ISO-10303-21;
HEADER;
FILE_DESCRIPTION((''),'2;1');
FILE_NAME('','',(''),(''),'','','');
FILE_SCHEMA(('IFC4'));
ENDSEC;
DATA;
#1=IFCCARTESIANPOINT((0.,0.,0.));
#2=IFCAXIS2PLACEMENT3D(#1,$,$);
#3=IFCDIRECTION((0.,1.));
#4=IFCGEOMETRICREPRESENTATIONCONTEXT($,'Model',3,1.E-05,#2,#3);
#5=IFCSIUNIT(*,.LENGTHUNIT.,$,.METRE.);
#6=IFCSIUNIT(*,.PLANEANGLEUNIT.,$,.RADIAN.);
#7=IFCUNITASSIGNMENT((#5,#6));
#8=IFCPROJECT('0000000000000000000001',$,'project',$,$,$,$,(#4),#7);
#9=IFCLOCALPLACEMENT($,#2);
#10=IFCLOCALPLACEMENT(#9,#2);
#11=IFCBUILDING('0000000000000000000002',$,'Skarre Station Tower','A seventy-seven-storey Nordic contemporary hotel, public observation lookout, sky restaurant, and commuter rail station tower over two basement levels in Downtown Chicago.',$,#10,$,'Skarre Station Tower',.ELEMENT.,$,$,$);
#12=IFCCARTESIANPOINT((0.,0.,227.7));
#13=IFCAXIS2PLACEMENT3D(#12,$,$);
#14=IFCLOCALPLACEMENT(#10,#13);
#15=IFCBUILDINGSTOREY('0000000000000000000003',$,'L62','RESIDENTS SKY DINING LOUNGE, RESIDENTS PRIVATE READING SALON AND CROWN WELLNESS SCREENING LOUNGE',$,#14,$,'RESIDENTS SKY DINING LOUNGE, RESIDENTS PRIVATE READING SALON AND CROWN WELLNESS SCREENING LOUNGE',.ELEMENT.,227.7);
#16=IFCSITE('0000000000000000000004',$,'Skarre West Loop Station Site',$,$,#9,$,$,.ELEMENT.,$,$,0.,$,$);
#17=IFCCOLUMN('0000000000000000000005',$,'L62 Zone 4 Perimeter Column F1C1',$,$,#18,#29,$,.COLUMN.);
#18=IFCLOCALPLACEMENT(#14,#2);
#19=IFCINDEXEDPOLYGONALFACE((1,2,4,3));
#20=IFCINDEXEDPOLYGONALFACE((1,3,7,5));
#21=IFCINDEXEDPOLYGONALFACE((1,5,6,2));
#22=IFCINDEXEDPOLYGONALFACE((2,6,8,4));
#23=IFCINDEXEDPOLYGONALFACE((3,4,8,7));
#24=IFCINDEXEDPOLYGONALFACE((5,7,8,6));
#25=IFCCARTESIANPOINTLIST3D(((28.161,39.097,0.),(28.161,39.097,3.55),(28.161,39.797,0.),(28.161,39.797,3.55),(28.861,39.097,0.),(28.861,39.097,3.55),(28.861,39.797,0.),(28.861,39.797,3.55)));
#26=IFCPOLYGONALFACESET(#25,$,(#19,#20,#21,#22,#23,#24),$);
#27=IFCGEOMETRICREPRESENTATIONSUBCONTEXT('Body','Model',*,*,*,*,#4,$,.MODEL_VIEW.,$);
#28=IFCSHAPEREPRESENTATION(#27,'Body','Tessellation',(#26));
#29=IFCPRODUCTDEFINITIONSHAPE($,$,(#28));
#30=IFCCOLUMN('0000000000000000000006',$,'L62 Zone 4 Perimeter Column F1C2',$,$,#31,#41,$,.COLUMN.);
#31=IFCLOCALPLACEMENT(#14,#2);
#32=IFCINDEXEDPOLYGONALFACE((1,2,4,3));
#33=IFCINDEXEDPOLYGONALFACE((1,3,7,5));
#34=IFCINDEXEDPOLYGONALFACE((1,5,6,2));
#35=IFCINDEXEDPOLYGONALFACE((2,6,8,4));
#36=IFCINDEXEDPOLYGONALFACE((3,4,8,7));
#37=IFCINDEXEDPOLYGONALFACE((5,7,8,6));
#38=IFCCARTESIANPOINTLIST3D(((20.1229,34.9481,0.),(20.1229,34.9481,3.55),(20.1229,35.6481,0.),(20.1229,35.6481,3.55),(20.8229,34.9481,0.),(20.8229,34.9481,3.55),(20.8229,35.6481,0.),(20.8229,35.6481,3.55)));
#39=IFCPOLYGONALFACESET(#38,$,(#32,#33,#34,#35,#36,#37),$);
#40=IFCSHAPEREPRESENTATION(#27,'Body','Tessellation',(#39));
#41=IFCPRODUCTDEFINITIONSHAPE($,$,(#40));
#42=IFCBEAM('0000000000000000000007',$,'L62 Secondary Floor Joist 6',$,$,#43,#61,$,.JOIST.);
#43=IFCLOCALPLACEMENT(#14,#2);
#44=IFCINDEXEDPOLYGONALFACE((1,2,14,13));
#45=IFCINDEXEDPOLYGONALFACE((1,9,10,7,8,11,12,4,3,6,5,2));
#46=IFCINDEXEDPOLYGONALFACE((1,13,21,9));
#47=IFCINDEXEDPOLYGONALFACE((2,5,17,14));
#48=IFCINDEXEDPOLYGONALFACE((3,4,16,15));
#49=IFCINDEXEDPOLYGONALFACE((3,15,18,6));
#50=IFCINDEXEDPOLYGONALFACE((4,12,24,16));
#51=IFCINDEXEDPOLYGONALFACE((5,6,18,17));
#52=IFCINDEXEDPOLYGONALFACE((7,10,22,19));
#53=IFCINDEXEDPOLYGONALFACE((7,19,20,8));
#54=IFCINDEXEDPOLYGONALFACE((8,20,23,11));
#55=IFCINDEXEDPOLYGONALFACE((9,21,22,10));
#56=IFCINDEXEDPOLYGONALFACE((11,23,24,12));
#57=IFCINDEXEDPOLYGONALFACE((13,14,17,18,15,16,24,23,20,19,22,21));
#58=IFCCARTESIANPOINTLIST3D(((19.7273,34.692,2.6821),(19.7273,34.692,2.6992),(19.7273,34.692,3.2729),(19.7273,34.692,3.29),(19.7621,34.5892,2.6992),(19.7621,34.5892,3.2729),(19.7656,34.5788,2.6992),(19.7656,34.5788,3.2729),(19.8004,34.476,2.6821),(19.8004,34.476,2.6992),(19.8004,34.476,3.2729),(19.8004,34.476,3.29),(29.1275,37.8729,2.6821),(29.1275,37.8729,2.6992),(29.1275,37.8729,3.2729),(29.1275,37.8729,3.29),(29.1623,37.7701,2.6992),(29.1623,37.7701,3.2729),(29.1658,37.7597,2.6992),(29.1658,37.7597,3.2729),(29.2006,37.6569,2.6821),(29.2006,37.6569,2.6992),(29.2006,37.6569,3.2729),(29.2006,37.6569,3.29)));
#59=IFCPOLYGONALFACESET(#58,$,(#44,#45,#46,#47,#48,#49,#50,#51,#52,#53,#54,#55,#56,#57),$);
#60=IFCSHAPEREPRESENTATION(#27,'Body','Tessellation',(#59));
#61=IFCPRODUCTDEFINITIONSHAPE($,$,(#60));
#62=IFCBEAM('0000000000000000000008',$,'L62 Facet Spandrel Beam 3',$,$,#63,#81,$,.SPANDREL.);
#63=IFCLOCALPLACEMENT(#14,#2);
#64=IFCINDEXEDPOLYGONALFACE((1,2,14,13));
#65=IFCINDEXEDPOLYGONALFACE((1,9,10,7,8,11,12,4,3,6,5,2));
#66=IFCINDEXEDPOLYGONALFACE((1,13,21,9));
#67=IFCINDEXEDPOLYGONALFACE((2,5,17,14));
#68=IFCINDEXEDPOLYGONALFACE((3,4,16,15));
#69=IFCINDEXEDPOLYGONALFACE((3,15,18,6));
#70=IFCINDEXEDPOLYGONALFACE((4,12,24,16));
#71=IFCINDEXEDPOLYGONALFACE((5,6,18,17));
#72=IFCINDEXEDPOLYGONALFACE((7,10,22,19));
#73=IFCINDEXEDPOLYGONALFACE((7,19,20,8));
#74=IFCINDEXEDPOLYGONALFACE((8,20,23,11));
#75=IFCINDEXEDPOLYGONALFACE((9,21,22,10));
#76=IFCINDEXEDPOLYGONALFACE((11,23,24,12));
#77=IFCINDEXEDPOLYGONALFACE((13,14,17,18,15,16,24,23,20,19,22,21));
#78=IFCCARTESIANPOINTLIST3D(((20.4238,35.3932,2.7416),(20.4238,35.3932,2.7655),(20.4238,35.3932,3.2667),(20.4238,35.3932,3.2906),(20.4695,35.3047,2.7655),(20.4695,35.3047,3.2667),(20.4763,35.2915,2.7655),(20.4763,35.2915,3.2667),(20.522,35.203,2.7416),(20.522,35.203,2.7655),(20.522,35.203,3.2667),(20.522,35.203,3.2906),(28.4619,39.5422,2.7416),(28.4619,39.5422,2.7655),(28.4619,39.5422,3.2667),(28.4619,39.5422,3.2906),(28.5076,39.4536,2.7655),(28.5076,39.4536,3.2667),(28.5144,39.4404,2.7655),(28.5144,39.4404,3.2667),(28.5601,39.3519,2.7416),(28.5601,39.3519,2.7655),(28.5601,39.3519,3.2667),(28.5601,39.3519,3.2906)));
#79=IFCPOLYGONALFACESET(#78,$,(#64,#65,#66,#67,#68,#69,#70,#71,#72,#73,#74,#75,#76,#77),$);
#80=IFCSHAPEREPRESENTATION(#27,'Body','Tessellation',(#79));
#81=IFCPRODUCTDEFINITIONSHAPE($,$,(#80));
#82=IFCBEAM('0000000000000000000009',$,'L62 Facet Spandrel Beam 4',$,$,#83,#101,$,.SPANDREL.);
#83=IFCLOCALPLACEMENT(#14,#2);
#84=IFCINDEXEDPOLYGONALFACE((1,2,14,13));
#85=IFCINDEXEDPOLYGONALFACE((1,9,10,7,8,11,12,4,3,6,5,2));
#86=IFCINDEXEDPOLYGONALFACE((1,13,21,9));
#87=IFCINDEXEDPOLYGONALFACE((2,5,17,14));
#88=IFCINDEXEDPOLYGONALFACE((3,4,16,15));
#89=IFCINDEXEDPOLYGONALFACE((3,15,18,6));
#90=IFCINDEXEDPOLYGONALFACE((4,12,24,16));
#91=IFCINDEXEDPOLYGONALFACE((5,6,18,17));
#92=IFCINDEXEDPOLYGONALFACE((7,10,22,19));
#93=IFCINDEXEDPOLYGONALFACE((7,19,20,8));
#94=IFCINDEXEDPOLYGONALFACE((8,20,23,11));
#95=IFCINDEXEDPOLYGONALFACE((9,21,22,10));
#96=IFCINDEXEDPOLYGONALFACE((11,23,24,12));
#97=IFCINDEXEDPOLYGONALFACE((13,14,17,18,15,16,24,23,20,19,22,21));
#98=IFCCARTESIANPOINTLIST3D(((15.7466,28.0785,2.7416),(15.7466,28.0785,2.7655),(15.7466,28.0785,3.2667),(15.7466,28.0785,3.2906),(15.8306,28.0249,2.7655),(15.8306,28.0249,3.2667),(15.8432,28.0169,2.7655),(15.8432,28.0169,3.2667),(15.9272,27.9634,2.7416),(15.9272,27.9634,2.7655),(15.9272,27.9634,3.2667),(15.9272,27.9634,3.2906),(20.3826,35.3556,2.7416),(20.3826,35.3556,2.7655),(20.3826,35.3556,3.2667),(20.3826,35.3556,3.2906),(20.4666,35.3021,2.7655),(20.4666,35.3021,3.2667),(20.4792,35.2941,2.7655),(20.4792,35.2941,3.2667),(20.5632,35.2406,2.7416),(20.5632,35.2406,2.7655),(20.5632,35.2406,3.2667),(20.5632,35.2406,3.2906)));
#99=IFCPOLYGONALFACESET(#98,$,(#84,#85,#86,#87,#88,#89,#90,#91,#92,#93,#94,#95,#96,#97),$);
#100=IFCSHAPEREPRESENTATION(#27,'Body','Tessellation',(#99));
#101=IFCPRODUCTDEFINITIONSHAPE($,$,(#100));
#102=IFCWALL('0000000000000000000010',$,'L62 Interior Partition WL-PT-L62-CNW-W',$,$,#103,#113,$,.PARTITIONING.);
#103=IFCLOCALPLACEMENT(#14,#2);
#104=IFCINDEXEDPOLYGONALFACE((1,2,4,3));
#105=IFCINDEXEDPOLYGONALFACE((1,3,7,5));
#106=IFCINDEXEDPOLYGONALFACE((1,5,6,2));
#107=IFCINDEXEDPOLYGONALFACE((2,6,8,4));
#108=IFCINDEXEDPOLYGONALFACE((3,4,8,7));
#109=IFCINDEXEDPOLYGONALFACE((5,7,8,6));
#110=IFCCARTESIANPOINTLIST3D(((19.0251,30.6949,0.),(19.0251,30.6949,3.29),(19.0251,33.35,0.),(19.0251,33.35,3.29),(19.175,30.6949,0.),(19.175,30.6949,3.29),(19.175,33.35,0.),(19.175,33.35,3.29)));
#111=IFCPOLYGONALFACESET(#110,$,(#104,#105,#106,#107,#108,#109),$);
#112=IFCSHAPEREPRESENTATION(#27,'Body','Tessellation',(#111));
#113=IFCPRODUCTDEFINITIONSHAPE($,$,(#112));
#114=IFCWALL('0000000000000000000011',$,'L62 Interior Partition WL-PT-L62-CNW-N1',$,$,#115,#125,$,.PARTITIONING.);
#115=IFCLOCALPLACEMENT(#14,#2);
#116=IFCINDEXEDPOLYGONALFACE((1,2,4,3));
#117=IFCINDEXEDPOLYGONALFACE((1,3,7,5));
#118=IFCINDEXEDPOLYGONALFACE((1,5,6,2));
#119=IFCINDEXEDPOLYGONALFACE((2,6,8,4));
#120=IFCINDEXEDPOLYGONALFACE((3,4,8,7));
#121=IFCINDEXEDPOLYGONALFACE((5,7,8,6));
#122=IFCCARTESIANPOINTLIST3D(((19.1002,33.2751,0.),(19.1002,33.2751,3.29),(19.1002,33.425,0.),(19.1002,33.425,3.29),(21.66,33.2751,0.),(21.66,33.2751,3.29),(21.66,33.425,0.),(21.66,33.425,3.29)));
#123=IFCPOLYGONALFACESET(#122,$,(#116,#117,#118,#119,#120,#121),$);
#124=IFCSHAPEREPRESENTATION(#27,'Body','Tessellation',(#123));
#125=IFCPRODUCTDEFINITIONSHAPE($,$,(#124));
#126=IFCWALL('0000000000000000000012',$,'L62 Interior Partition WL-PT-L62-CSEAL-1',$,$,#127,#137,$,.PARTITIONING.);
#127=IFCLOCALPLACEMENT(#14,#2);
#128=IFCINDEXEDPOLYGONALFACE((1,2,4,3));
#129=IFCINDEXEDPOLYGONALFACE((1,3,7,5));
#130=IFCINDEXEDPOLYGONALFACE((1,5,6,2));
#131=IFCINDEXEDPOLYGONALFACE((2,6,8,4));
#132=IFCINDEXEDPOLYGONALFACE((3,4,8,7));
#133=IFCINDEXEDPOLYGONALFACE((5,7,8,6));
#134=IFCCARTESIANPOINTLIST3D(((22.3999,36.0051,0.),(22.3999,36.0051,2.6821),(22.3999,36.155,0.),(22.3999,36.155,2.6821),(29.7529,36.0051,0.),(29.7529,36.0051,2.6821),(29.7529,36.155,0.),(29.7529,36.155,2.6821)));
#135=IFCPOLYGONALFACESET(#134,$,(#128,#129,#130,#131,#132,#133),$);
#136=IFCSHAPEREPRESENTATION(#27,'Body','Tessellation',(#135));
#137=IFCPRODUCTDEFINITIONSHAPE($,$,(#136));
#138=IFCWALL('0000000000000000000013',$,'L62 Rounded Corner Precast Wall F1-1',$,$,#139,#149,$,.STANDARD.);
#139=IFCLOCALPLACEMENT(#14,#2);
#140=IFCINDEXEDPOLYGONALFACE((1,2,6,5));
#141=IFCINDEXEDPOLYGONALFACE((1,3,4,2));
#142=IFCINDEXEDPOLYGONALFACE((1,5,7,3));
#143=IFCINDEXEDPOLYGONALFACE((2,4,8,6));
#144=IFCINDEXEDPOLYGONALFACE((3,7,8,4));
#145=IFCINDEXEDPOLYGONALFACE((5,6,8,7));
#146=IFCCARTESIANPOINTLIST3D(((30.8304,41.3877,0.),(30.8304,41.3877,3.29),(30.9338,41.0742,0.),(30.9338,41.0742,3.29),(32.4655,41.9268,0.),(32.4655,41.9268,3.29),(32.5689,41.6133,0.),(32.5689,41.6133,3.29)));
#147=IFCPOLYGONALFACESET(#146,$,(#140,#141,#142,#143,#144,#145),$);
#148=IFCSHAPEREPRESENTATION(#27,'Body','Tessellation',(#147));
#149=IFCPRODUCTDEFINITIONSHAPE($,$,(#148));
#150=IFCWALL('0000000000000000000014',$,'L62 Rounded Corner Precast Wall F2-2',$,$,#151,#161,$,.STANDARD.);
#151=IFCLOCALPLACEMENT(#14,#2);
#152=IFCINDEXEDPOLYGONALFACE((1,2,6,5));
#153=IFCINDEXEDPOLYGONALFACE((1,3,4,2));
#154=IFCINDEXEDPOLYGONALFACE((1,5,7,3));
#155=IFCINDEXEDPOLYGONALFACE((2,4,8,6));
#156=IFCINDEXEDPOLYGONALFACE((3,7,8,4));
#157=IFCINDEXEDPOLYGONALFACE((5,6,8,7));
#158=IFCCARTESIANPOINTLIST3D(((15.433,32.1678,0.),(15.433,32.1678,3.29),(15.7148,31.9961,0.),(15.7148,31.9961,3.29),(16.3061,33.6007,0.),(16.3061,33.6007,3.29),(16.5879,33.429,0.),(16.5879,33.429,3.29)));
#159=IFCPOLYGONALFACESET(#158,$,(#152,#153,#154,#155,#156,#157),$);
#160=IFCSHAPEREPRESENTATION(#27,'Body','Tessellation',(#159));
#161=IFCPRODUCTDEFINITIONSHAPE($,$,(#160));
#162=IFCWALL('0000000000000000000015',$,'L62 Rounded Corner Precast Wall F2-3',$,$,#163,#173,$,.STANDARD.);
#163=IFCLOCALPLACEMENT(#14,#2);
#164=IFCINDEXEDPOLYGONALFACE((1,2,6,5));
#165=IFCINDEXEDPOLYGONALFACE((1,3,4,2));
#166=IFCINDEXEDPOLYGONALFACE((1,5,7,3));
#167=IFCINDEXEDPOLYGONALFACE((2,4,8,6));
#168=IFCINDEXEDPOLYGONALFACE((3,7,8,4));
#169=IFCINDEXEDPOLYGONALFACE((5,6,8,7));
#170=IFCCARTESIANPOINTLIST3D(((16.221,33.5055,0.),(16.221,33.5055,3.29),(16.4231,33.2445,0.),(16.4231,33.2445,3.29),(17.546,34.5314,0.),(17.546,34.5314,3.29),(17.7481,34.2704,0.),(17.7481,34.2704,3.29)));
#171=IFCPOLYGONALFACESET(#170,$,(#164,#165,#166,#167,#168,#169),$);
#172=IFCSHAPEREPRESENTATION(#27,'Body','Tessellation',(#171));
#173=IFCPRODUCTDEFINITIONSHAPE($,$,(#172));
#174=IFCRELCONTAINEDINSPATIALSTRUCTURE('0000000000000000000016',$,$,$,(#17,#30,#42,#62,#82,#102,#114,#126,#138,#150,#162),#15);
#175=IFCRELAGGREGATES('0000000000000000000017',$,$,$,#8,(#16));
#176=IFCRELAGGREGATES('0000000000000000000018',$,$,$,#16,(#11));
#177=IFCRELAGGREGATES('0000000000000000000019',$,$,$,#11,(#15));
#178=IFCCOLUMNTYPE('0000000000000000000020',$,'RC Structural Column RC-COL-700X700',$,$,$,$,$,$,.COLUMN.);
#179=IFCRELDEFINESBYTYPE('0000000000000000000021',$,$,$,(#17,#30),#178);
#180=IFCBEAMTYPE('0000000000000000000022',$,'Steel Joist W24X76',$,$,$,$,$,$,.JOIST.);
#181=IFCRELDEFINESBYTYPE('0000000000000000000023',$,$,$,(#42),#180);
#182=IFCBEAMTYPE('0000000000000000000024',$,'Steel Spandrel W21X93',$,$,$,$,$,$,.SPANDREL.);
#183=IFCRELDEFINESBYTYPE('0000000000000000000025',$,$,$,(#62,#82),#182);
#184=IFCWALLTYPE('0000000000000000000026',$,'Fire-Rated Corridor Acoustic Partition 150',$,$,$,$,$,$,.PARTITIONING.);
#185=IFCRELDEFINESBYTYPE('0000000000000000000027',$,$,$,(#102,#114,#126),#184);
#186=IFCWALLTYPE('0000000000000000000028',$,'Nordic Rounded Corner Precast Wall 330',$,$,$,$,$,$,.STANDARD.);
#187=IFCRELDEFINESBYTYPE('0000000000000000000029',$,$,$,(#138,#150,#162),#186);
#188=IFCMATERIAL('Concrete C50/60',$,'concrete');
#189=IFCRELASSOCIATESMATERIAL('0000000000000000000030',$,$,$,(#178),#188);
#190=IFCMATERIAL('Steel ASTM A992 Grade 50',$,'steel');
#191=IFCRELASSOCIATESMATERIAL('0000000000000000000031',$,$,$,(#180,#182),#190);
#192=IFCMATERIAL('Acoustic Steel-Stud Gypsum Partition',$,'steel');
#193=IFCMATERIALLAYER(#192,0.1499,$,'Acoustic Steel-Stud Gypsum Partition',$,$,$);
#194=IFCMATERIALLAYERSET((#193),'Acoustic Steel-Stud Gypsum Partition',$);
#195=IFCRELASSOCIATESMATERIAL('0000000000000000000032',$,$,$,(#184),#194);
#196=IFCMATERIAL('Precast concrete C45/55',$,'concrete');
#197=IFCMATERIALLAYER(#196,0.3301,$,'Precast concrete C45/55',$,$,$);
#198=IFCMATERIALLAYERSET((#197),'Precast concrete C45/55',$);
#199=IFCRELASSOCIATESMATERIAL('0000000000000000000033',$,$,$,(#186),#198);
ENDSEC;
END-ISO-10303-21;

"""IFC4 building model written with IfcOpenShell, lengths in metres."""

from ifc_helpers import new_model, si_unit, direction, frame, frame_2d, origin, origin_2d, place, context, subcontext, project, spatial, rectangle, i_section, extrude, material, layer, layer_set, material_profile, profile_set, type_object, element, save


model = new_model("IFC4")

# Units and contexts
model_context = context("Model", 3, precision=1e-05, world=origin(), true_north=direction((0.0, 1.0)))
body_context = subcontext(model_context, "Body", "Model", "MODEL_VIEW")
ifc_project = project(units=[si_unit("LENGTHUNIT", "METRE"), si_unit("PLANEANGLEUNIT", "RADIAN")], contexts=[model_context])

# Site, building, storey
site_placement = place(None, origin())
site = spatial("IfcSite", under=ifc_project, at=site_placement, Name="Skarre West Loop Station Site", CompositionType="ELEMENT", RefElevation=0.0)
building_placement = place(site_placement, origin())
building = spatial("IfcBuilding", under=site, at=building_placement, Name="Skarre Station Tower", Description="A seventy-seven-storey Nordic contemporary hotel, public observation lookout, sky restaurant, and commuter rail station tower over two basement levels in Downtown Chicago.", LongName="Skarre Station Tower", CompositionType="ELEMENT")
storey_placement = place(building_placement, frame((0.0, 0.0, 227.7)))
storey = spatial("IfcBuildingStorey", under=building, at=storey_placement, Name="L62", Description="RESIDENTS SKY DINING LOUNGE, RESIDENTS PRIVATE READING SALON AND CROWN WELLNESS SCREENING LOUNGE", LongName="RESIDENTS SKY DINING LOUNGE, RESIDENTS PRIVATE READING SALON AND CROWN WELLNESS SCREENING LOUNGE", CompositionType="ELEMENT", Elevation=227.7)

# Columns
ifc_material_1 = material(Name="Concrete C50/60", Category="concrete")
ifc_material_profile_1 = material_profile(ifc_material_1, rectangle(XDim=0.7, YDim=0.7, at=origin_2d()), Name="Concrete C50/60")
ifc_profile_set_1 = profile_set([ifc_material_profile_1], Name="Concrete C50/60")
column_type = type_object("IfcColumnType", Name="RC Structural Column RC-COL-700X700", PredefinedType="COLUMN", material=ifc_profile_set_1)
for number, where, z_axis, x_axis, name in (
    (1, (28.511, 39.447, 0.0), (0.0, 0.0, 1.0), (1.0, 0.0, 0.0), "L62 Zone 4 Perimeter Column F1C1"),
    (2, (20.4729, 35.2981, 0.0), (0.0, 0.0, 1.0), (1.0, 0.0, 0.0), "L62 Zone 4 Perimeter Column F1C2"),
):
    element("IfcColumn", number, at=place(storey_placement, frame(where, z_axis=z_axis, x_axis=x_axis)), inside=storey, type_object=column_type, Name=name, PredefinedType="COLUMN", context=body_context, shape_type="SweptSolid", body=[
        extrude(rectangle(XDim=0.7, YDim=0.7, at=origin_2d()), origin(), (0.0, 0.0, 1.0), 3.55),
    ])

# Beams
ifc_material_2 = material(Name="Steel ASTM A992 Grade 50", Category="steel")
ifc_material_profile_2 = material_profile(ifc_material_2, i_section(OverallWidth=0.228, OverallDepth=0.6079, WebThickness=0.011, FlangeThickness=0.0171, at=origin_2d()), Name="Steel ASTM A992 Grade 50")
ifc_profile_set_2 = profile_set([ifc_material_profile_2], Name="Steel ASTM A992 Grade 50")
beam_type_1 = type_object("IfcBeamType", Name="Steel Joist W24X76", PredefinedType="JOIST", material=ifc_profile_set_2)
beam_1_placement = place(storey_placement, frame((29.1641, 37.7649, 2.9861), z_axis=(-0.947237, -0.320535, 0.0), x_axis=(0.320535, -0.947237, 0.0)))
element("IfcBeam", 3, at=beam_1_placement, inside=storey, type_object=beam_type_1, Name="L62 Secondary Floor Joist 6", PredefinedType="JOIST", context=body_context, shape_type="SweptSolid", body=[
    extrude(i_section(OverallWidth=0.228, OverallDepth=0.6079, WebThickness=0.011, FlangeThickness=0.0171, at=origin_2d()), origin(), (0.0, 0.0, 1.0), 9.9238),
])
ifc_material_profile_3 = material_profile(ifc_material_2, i_section(OverallWidth=0.2141, OverallDepth=0.5491, WebThickness=0.0149, FlangeThickness=0.0239, at=origin_2d()), Name="Steel ASTM A992 Grade 50")
ifc_profile_set_3 = profile_set([ifc_material_profile_3], Name="Steel ASTM A992 Grade 50")
beam_type_2 = type_object("IfcBeamType", Name="Steel Spandrel W21X93", PredefinedType="SPANDREL", material=ifc_profile_set_3)
beam_2_placement = place(storey_placement, frame((28.511, 39.447, 3.0161), z_axis=(-0.88861, -0.458664, 0.0), x_axis=(0.458664, -0.88861, 0.0)))
element("IfcBeam", 4, at=beam_2_placement, inside=storey, type_object=beam_type_2, Name="L62 Facet Spandrel Beam 3", PredefinedType="SPANDREL", context=body_context, shape_type="SweptSolid", body=[
    extrude(i_section(OverallWidth=0.2141, OverallDepth=0.5491, WebThickness=0.0149, FlangeThickness=0.0239, at=origin_2d()), origin(), (0.0, 0.0, 1.0), 9.0457),
])
beam_3_placement = place(storey_placement, frame((20.4729, 35.2981, 3.0161), z_axis=(-0.537297, -0.843393, 0.0), x_axis=(0.843393, -0.537297, 0.0)))
element("IfcBeam", 5, at=beam_3_placement, inside=storey, type_object=beam_type_2, Name="L62 Facet Spandrel Beam 4", PredefinedType="SPANDREL", context=body_context, shape_type="SweptSolid", body=[
    extrude(i_section(OverallWidth=0.2141, OverallDepth=0.5491, WebThickness=0.0149, FlangeThickness=0.0239, at=origin_2d()), origin(), (0.0, 0.0, 1.0), 8.6284),
])

# Walls
ifc_material_3 = material(Name="Acoustic Steel-Stud Gypsum Partition", Category="steel")
ifc_layer_1 = layer(ifc_material_3, 0.1499, Name="Acoustic Steel-Stud Gypsum Partition")
ifc_layer_set_1 = layer_set([ifc_layer_1], Name="Acoustic Steel-Stud Gypsum Partition")
wall_type_1 = type_object("IfcWallType", Name="Fire-Rated Corridor Acoustic Partition 150", PredefinedType="PARTITIONING", material=ifc_layer_set_1)
wall_1_placement = place(storey_placement, frame((19.1001, 33.3501, 0.0), z_axis=(0.0, 0.0, 1.0), x_axis=(0.0, -1.0, 0.0)))
element("IfcWall", 6, at=wall_1_placement, inside=storey, type_object=wall_type_1, Name="L62 Interior Partition WL-PT-L62-CNW-W", PredefinedType="PARTITIONING", context=body_context, shape_type="SweptSolid", body=[
    extrude(rectangle(XDim=2.655, YDim=0.1499, at=frame_2d((1.3276, 0.0))), origin(), (0.0, 0.0, 1.0), 3.29),
])
wall_2_placement = place(storey_placement, frame((21.6599, 33.3501, 0.0), z_axis=(0.0, 0.0, 1.0), x_axis=(-1.0, 0.0, 0.0)))
element("IfcWall", 7, at=wall_2_placement, inside=storey, type_object=wall_type_1, Name="L62 Interior Partition WL-PT-L62-CNW-N1", PredefinedType="PARTITIONING", context=body_context, shape_type="SweptSolid", body=[
    extrude(rectangle(XDim=2.5598, YDim=0.1499, at=frame_2d((1.2798, 0.0))), origin(), (0.0, 0.0, 1.0), 3.29),
])
wall_3_placement = place(storey_placement, frame((29.7529, 36.0801, 0.0), z_axis=(0.0, 0.0, 1.0), x_axis=(-1.0, 0.0, 0.0)))
element("IfcWall", 8, at=wall_3_placement, inside=storey, type_object=wall_type_1, Name="L62 Interior Partition WL-PT-L62-CSEAL-1", PredefinedType="PARTITIONING", context=body_context, shape_type="SweptSolid", body=[
    extrude(rectangle(XDim=7.353, YDim=0.1499, at=frame_2d((3.6765, 0.0))), origin(), (0.0, 0.0, 1.0), 2.6821),
])
ifc_material_4 = material(Name="Precast concrete C45/55", Category="concrete")
ifc_layer_2 = layer(ifc_material_4, 0.3301, Name="Precast concrete C45/55")
ifc_layer_set_2 = layer_set([ifc_layer_2], Name="Precast concrete C45/55")
wall_type_2 = type_object("IfcWallType", Name="Nordic Rounded Corner Precast Wall 330", PredefinedType="STANDARD", material=ifc_layer_set_2)
wall_4_placement = place(storey_placement, frame((30.8821, 41.231, 0.0), z_axis=(0.0, 0.0, 1.0), x_axis=(0.949713, 0.31312, 0.0)))
element("IfcWall", 9, at=wall_4_placement, inside=storey, type_object=wall_type_2, Name="L62 Rounded Corner Precast Wall F1-1", PredefinedType="STANDARD", context=body_context, shape_type="SweptSolid", body=[
    extrude(rectangle(XDim=1.7217, YDim=0.3301, at=frame_2d((0.8608, 0.0))), origin(), (0.0, 0.0, 1.0), 3.29),
])
wall_5_placement = place(storey_placement, frame((15.574, 32.082, 0.0), z_axis=(0.0, 0.0, 1.0), x_axis=(0.520325, 0.853968, 0.0)))
element("IfcWall", 10, at=wall_5_placement, inside=storey, type_object=wall_type_2, Name="L62 Rounded Corner Precast Wall F2-2", PredefinedType="STANDARD", context=body_context, shape_type="SweptSolid", body=[
    extrude(rectangle(XDim=1.678, YDim=0.3301, at=frame_2d((0.8389, 0.0))), origin(), (0.0, 0.0, 1.0), 3.29),
])
wall_6_placement = place(storey_placement, frame((16.322, 33.375, 0.0), z_axis=(0.0, 0.0, 1.0), x_axis=(0.790692, 0.612214, 0.0)))
element("IfcWall", 11, at=wall_6_placement, inside=storey, type_object=wall_type_2, Name="L62 Rounded Corner Precast Wall F2-3", PredefinedType="STANDARD", context=body_context, shape_type="SweptSolid", body=[
    extrude(rectangle(XDim=1.6758, YDim=0.3301, at=frame_2d((0.8379, 0.0))), origin(), (0.0, 0.0, 1.0), 3.29),
])

save(model, "model.ifc")
